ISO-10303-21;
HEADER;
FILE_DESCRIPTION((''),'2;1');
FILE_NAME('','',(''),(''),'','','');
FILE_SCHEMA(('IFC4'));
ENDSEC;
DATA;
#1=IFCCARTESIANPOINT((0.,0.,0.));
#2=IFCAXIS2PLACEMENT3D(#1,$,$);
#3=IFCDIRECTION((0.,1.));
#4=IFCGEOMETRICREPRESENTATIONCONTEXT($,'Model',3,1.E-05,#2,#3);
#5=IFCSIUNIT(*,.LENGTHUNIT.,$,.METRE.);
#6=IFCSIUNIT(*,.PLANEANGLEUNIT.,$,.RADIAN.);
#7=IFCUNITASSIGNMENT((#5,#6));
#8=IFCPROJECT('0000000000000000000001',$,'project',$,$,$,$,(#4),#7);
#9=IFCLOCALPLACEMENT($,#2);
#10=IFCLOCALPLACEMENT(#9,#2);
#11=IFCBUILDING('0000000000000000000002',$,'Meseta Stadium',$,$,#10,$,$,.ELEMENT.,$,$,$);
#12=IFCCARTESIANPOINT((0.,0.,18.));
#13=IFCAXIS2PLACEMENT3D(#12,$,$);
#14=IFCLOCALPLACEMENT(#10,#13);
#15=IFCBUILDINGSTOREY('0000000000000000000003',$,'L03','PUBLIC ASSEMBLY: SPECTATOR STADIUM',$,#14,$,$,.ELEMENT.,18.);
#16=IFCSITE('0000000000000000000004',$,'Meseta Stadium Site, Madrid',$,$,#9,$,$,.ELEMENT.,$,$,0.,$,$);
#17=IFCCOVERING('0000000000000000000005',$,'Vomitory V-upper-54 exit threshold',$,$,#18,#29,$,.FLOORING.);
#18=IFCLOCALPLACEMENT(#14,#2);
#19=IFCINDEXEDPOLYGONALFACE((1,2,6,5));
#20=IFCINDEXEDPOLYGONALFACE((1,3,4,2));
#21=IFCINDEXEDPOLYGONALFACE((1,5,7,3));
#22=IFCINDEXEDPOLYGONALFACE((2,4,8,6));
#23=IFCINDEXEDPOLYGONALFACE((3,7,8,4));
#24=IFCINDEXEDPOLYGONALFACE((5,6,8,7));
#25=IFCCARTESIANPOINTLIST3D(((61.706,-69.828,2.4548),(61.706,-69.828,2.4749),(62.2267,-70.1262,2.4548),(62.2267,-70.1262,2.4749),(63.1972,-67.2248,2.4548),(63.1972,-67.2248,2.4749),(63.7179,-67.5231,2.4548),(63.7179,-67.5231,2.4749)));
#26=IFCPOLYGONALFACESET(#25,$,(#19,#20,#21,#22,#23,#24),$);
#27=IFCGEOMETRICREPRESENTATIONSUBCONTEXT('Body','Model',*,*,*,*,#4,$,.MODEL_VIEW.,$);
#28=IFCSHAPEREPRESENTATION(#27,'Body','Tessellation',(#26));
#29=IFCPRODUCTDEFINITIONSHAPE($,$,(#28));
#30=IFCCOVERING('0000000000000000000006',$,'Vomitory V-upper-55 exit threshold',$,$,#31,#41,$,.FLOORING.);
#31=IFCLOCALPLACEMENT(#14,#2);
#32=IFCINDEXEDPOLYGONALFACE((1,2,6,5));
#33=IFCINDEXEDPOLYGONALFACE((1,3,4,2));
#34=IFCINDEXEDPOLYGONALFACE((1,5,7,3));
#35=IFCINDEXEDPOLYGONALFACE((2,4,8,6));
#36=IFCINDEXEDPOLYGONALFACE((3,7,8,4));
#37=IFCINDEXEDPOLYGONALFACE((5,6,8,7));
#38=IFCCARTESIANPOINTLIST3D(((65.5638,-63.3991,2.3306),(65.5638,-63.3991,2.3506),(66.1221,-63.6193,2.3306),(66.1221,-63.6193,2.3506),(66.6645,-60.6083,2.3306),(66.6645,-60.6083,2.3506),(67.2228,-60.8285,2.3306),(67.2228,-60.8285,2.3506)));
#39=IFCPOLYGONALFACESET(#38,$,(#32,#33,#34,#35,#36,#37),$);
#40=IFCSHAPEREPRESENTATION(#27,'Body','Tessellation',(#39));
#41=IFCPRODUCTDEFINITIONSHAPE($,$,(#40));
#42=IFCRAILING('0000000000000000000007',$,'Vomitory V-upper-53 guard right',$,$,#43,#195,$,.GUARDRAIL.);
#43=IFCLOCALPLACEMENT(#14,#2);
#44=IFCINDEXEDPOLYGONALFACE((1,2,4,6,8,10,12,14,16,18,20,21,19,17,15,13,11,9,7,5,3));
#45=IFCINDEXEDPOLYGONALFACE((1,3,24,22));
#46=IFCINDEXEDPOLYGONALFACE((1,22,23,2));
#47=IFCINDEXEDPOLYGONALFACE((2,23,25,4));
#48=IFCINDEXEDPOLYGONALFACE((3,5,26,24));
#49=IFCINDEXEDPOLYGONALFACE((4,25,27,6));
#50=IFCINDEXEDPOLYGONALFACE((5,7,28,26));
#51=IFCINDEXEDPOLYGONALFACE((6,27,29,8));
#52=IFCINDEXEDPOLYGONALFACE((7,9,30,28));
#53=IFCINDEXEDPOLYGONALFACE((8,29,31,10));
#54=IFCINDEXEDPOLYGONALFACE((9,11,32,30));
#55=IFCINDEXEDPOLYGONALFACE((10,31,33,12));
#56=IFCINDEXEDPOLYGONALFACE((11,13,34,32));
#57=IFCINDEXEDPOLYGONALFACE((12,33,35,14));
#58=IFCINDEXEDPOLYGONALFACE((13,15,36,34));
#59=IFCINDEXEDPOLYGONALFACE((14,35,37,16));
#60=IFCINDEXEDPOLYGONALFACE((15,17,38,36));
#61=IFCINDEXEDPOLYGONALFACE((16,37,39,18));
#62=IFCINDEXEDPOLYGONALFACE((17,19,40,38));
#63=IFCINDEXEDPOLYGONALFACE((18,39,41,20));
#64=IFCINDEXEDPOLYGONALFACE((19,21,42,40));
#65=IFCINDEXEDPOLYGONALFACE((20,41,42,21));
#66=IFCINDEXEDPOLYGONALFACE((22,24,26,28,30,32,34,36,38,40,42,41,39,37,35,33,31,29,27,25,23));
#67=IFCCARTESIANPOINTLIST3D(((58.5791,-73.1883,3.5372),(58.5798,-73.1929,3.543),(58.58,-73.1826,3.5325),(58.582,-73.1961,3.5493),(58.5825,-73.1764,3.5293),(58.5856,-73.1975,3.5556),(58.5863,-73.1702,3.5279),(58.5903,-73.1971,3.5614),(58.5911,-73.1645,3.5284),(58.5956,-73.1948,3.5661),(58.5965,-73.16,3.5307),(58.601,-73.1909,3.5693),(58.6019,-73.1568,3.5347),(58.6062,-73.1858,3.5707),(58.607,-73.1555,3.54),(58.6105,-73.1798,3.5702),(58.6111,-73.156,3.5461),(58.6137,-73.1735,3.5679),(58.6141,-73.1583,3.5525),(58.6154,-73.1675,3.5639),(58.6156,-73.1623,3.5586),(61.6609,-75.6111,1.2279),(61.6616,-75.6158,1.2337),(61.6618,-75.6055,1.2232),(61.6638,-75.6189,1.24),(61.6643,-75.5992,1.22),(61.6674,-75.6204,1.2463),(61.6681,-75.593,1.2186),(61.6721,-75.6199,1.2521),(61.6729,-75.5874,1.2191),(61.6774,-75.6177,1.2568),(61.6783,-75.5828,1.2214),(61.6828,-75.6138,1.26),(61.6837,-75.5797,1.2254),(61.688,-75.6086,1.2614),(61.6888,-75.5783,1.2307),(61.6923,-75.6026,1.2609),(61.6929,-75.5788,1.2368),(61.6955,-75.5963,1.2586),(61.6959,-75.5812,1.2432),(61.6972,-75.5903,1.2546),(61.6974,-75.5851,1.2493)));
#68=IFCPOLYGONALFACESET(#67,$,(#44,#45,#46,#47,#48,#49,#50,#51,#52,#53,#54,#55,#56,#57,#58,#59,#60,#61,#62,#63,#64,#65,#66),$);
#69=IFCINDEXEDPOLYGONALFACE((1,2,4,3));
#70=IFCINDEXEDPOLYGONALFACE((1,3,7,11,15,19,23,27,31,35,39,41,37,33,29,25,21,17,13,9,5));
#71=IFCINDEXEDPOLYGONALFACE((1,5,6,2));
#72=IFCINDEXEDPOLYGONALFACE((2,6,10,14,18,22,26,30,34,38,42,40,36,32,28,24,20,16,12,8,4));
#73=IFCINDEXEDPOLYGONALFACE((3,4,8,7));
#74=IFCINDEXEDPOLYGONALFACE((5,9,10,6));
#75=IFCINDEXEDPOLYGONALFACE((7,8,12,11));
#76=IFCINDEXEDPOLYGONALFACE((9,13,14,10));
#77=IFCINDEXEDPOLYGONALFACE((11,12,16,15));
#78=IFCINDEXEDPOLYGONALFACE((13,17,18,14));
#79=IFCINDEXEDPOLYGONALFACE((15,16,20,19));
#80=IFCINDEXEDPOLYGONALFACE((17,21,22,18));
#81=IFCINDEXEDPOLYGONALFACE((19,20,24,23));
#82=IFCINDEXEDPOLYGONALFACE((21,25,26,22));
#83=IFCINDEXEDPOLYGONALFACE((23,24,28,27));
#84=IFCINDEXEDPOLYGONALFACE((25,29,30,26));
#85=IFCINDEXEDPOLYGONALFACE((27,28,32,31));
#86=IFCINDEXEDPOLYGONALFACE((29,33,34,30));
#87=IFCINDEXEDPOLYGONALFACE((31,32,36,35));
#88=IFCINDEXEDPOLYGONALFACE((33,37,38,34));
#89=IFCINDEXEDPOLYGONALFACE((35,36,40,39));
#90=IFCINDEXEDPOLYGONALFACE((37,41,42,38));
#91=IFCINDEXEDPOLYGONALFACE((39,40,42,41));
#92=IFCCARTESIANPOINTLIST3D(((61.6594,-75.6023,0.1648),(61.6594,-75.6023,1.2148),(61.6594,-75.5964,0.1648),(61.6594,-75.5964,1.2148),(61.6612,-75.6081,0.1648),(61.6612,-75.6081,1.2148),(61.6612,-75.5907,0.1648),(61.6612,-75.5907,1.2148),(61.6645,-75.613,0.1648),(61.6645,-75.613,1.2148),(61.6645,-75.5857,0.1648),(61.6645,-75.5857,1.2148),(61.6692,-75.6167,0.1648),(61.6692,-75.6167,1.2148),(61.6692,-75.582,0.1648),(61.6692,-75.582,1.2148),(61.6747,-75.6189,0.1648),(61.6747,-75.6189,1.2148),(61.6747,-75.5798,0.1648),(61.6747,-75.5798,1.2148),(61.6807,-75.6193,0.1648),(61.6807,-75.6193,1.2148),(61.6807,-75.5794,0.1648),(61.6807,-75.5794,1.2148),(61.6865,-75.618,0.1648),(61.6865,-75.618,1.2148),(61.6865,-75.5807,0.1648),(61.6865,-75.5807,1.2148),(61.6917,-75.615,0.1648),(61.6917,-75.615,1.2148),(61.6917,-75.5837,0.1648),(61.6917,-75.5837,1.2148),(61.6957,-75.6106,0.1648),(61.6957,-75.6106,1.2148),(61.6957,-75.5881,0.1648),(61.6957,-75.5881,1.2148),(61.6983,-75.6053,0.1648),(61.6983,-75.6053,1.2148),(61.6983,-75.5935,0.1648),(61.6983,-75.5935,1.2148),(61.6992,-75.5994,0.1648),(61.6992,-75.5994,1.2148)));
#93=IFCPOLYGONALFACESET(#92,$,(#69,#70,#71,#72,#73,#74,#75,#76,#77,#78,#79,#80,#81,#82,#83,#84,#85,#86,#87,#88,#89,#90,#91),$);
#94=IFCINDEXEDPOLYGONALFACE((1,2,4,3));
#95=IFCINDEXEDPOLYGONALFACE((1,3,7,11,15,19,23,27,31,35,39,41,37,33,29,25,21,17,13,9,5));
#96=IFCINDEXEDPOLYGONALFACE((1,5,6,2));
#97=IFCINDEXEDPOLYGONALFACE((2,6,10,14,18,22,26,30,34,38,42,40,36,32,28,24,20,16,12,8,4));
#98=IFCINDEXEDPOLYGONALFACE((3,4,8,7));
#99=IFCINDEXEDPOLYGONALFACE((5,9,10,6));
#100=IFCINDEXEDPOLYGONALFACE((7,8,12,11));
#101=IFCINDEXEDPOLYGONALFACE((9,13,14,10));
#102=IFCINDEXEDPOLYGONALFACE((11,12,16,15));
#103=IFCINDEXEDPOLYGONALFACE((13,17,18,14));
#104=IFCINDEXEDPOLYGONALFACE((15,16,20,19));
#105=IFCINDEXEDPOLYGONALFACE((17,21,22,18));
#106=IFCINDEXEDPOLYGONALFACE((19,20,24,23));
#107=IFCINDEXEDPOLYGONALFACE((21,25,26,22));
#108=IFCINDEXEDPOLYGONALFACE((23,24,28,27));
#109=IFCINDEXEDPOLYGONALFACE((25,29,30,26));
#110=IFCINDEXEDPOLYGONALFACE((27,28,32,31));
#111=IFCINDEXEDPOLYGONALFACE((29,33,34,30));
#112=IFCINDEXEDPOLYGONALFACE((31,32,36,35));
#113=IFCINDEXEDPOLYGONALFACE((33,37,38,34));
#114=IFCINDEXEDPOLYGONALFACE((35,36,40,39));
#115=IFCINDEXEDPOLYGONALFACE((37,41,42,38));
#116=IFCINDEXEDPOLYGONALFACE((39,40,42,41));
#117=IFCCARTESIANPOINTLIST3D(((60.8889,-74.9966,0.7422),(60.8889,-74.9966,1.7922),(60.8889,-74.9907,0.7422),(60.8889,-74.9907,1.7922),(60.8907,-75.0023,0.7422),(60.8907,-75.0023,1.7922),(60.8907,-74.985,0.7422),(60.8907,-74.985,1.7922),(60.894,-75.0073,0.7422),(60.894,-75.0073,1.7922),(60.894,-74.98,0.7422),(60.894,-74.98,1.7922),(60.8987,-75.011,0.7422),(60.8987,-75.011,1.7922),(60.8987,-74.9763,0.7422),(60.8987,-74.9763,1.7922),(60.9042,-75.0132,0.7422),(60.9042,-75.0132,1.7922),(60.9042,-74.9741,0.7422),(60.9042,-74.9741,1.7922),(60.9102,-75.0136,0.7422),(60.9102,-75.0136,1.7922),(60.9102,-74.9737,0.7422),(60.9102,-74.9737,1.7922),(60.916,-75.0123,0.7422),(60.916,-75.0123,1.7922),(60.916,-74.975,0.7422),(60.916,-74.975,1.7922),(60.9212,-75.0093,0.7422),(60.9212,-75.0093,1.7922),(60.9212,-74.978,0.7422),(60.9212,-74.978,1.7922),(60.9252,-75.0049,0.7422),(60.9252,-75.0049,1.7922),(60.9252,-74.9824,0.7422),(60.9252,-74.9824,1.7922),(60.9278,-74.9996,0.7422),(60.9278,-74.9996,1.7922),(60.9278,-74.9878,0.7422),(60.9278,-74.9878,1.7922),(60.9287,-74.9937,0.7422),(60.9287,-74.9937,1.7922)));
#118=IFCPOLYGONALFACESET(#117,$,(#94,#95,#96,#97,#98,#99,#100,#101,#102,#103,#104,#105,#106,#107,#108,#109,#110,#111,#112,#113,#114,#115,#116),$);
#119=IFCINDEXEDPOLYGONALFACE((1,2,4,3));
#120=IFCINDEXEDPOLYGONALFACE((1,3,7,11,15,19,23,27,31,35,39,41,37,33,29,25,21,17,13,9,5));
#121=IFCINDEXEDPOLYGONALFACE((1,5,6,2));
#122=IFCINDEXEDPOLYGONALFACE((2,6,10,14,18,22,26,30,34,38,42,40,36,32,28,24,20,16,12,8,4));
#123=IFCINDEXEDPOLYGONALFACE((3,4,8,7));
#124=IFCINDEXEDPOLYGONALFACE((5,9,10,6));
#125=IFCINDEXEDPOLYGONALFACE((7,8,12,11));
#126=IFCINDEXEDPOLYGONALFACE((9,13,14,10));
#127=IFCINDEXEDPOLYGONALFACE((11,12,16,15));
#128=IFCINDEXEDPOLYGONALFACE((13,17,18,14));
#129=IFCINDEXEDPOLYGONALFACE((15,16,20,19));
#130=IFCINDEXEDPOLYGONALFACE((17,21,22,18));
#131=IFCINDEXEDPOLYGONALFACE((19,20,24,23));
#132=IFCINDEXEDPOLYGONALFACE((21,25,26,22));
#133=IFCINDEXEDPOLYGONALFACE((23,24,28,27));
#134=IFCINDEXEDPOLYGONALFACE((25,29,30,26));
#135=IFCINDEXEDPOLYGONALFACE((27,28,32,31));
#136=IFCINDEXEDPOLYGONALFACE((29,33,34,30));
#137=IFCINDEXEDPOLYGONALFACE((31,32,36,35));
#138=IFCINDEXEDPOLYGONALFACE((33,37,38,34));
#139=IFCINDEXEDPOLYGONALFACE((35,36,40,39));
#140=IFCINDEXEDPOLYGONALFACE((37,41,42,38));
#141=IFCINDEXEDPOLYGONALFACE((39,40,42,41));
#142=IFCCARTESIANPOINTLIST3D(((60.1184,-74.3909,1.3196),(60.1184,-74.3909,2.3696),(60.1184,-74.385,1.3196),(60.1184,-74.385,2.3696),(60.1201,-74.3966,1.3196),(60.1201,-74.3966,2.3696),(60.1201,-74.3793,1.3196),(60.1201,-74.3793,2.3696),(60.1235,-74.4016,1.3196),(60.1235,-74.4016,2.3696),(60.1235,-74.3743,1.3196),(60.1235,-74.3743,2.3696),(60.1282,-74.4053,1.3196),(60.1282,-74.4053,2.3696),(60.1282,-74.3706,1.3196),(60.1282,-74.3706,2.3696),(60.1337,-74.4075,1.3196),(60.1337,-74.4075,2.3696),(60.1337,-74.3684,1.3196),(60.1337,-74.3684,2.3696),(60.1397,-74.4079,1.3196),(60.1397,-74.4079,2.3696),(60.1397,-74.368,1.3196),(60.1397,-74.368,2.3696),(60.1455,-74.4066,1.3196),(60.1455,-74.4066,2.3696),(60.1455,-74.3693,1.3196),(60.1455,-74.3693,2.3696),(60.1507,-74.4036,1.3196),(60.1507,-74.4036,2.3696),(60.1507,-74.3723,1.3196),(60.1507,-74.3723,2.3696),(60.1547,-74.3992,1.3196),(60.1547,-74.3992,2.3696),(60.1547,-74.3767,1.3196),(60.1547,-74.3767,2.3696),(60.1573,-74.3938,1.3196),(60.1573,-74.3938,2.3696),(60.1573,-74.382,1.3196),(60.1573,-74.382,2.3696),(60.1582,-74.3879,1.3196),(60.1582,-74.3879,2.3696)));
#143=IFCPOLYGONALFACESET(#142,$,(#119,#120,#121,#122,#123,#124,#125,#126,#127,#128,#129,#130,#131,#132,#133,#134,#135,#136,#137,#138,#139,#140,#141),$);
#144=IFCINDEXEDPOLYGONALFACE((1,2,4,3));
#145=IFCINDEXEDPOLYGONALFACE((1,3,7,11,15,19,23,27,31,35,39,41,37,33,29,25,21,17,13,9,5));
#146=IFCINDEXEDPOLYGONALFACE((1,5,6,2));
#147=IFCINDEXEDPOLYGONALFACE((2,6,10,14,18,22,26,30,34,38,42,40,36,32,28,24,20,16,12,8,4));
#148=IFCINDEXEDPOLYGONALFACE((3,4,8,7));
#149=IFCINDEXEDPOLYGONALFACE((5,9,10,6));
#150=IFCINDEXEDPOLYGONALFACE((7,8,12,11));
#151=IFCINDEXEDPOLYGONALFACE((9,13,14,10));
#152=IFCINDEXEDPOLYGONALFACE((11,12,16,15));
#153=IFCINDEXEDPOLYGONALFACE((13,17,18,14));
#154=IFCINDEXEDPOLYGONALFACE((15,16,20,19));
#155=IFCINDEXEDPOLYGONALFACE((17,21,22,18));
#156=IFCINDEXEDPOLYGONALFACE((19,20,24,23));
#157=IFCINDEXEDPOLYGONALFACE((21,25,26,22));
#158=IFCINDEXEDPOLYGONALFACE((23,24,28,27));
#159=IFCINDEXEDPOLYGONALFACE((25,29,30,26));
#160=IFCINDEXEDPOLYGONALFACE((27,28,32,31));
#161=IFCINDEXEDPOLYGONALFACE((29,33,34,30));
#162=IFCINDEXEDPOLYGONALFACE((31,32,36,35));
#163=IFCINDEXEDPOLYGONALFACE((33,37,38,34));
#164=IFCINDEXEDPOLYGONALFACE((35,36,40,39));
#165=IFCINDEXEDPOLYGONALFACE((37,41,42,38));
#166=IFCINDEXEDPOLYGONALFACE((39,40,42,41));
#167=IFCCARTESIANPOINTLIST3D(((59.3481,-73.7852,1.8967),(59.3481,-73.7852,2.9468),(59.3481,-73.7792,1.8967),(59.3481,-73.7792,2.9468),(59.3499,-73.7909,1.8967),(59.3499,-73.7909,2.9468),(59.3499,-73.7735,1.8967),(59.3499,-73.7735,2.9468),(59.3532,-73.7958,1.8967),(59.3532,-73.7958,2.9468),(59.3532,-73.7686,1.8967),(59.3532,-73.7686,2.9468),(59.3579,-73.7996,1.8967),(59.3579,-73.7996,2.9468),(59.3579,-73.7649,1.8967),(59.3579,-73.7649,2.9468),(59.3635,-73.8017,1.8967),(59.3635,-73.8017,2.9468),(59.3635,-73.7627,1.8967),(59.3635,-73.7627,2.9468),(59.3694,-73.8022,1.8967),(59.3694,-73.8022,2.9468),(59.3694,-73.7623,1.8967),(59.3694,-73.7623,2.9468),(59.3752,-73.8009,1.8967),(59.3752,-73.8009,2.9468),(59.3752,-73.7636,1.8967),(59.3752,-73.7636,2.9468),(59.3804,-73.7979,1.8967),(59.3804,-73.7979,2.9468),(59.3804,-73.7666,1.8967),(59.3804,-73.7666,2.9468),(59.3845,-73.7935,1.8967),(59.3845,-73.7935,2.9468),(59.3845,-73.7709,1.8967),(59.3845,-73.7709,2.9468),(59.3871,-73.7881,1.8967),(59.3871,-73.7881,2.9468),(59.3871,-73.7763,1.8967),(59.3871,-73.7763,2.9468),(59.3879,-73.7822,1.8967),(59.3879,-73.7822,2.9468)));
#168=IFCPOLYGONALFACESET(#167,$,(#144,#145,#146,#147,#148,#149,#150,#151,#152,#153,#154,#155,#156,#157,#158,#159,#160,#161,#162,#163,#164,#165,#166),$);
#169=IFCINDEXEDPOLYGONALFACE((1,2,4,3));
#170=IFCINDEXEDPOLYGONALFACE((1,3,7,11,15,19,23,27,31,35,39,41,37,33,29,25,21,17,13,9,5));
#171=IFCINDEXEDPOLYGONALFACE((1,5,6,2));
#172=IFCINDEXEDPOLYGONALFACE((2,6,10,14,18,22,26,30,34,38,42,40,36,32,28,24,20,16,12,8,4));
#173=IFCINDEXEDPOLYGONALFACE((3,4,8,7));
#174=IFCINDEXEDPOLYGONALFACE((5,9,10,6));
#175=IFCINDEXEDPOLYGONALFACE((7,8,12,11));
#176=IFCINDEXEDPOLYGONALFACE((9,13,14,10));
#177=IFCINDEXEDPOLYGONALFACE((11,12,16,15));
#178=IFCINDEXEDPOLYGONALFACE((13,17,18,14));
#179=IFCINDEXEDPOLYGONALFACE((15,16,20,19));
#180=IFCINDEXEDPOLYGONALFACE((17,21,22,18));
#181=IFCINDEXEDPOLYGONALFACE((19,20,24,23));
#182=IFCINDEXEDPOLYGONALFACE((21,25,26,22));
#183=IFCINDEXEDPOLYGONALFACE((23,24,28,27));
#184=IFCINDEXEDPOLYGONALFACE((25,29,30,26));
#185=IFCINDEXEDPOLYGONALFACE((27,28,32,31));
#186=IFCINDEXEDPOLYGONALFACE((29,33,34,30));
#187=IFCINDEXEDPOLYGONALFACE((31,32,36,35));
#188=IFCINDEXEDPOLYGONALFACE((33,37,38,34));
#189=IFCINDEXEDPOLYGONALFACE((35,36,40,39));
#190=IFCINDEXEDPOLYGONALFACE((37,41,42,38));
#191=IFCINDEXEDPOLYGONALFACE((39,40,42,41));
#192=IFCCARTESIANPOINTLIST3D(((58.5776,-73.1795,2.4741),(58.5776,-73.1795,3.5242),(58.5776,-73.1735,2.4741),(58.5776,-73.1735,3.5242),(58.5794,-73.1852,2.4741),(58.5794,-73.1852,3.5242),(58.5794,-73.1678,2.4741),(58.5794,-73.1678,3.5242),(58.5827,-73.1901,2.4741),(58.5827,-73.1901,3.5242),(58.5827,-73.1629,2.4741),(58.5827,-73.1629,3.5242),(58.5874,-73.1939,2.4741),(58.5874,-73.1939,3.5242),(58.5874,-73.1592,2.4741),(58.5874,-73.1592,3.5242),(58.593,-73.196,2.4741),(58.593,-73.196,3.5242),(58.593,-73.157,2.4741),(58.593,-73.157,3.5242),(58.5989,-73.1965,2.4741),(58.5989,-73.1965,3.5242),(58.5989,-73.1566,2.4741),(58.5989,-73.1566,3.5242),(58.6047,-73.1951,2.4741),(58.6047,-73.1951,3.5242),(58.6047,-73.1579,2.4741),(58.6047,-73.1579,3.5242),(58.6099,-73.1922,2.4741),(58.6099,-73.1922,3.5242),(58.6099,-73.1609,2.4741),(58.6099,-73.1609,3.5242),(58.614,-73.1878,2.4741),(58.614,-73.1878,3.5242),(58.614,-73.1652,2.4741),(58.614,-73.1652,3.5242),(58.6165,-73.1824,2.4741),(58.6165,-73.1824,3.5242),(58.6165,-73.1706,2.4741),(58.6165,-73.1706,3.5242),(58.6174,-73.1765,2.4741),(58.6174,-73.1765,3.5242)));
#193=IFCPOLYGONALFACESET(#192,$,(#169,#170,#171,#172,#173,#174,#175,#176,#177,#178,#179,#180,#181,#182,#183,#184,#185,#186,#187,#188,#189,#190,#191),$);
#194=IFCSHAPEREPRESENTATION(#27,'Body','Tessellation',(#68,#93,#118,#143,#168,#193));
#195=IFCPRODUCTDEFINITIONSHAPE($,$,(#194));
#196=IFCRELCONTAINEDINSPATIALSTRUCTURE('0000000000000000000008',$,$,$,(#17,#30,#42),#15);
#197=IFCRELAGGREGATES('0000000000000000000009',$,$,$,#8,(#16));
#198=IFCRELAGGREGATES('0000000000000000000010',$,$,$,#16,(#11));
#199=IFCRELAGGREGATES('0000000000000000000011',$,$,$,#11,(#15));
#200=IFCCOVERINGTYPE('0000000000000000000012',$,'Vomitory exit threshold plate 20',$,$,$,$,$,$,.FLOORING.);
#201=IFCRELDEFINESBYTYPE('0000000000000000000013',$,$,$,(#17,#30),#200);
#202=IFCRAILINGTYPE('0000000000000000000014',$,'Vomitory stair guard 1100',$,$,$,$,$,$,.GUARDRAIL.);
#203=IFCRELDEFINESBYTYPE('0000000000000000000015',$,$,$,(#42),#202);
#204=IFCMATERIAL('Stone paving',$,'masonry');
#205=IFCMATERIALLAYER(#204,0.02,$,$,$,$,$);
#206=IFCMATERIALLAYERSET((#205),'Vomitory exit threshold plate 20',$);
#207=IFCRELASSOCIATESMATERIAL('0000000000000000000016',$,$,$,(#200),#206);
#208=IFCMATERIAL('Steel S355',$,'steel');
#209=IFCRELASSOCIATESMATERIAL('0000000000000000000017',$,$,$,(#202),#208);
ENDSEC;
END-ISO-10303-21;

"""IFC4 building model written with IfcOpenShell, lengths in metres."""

from ifc_helpers import new_model, si_unit, direction, frame, origin, origin_2d, place, context, subcontext, project, spatial, rectangle, circle, extrude, material, layer, layer_set, type_object, element, save


model = new_model("IFC4")

# Units and contexts
model_context = context("Model", 3, precision=1e-05, world=origin(), true_north=direction((0.0, 1.0)))
body_context = subcontext(model_context, "Body", "Model", "MODEL_VIEW")
ifc_project = project(units=[si_unit("LENGTHUNIT", "METRE"), si_unit("PLANEANGLEUNIT", "RADIAN")], contexts=[model_context])

# Site, building, storey
site_placement = place(None, origin())
site = spatial("IfcSite", under=ifc_project, at=site_placement, Name="Meseta Stadium Site, Madrid", CompositionType="ELEMENT", RefElevation=0.0)
building_placement = place(site_placement, origin())
building = spatial("IfcBuilding", under=site, at=building_placement, Name="Meseta Stadium", CompositionType="ELEMENT")
storey_placement = place(building_placement, frame((0.0, 0.0, 18.0)))
storey = spatial("IfcBuildingStorey", under=building, at=storey_placement, Name="L03", Description="PUBLIC ASSEMBLY: SPECTATOR STADIUM", CompositionType="ELEMENT", Elevation=18.0)

# Coverings
ifc_material_1 = material(Name="Stone paving", Category="masonry")
ifc_layer = layer(ifc_material_1, 0.02)
ifc_layer_set = layer_set([ifc_layer], Name="Vomitory exit threshold plate 20")
covering_type = type_object("IfcCoveringType", Name="Vomitory exit threshold plate 20", PredefinedType="FLOORING", material=ifc_layer_set)
for number, where, z_axis, x_axis, name in (
    (1, (62.7119, -68.6755, 2.4548), (0.0, 0.0, 1.0), (-0.867712, 0.497068, 0.0), "Vomitory V-upper-54 exit threshold"),
    (2, (66.3933, -62.1138, 2.3306), (0.0, 0.0, 1.0), (-0.930263, 0.366893, 0.0), "Vomitory V-upper-55 exit threshold"),
):
    element("IfcCovering", number, at=place(storey_placement, frame(where, z_axis=z_axis, x_axis=x_axis)), inside=storey, type_object=covering_type, Name=name, PredefinedType="FLOORING", context=body_context, shape_type="SweptSolid", body=[
        extrude(rectangle(XDim=0.6001, YDim=3.0, at=origin_2d()), origin(), (0.0, 0.0, 1.0), 0.02),
    ])

# Railing
ifc_material_2 = material(Name="Steel S355", Category="steel")
railing_type_1 = type_object("IfcRailingType", Name="Vomitory stair guard 1100", PredefinedType="GUARDRAIL", material=ifc_material_2)
railing_1_placement = place(storey_placement, frame((61.6792, -75.5994, 0.1648)))
element("IfcRailing", 3, at=railing_1_placement, inside=storey, type_object=railing_type_1, Name="Vomitory V-upper-53 guard right", PredefinedType="GUARDRAIL", context=body_context, shape_type="SweptSolid", body=[
    extrude(circle(Radius=0.0249, at=origin_2d()), frame((0.0, 0.0, 1.0752), z_axis=(-0.677347, 0.532519, 0.507567), x_axis=(-0.61805, -0.786139, 0.0)), (0.0, 0.0, 1.0), 4.5498),
    extrude(circle(Radius=0.02, at=origin_2d()), origin(), (0.0, 0.0, 1.0), 1.05),
    extrude(circle(Radius=0.02, at=origin_2d()), frame((-0.7705, 0.6057, 0.5774)), (0.0, 0.0, 1.0), 1.05),
    extrude(circle(Radius=0.02, at=origin_2d()), frame((-1.541, 1.2114, 1.1548)), (0.0, 0.0, 1.0), 1.05),
    extrude(circle(Radius=0.02, at=origin_2d()), frame((-2.3113, 1.8171, 1.7319)), (0.0, 0.0, 1.0), 1.05),
    extrude(circle(Radius=0.02, at=origin_2d()), frame((-3.0818, 2.4229, 2.3093)), (0.0, 0.0, 1.0), 1.05),
])

save(model, "model.ifc")
